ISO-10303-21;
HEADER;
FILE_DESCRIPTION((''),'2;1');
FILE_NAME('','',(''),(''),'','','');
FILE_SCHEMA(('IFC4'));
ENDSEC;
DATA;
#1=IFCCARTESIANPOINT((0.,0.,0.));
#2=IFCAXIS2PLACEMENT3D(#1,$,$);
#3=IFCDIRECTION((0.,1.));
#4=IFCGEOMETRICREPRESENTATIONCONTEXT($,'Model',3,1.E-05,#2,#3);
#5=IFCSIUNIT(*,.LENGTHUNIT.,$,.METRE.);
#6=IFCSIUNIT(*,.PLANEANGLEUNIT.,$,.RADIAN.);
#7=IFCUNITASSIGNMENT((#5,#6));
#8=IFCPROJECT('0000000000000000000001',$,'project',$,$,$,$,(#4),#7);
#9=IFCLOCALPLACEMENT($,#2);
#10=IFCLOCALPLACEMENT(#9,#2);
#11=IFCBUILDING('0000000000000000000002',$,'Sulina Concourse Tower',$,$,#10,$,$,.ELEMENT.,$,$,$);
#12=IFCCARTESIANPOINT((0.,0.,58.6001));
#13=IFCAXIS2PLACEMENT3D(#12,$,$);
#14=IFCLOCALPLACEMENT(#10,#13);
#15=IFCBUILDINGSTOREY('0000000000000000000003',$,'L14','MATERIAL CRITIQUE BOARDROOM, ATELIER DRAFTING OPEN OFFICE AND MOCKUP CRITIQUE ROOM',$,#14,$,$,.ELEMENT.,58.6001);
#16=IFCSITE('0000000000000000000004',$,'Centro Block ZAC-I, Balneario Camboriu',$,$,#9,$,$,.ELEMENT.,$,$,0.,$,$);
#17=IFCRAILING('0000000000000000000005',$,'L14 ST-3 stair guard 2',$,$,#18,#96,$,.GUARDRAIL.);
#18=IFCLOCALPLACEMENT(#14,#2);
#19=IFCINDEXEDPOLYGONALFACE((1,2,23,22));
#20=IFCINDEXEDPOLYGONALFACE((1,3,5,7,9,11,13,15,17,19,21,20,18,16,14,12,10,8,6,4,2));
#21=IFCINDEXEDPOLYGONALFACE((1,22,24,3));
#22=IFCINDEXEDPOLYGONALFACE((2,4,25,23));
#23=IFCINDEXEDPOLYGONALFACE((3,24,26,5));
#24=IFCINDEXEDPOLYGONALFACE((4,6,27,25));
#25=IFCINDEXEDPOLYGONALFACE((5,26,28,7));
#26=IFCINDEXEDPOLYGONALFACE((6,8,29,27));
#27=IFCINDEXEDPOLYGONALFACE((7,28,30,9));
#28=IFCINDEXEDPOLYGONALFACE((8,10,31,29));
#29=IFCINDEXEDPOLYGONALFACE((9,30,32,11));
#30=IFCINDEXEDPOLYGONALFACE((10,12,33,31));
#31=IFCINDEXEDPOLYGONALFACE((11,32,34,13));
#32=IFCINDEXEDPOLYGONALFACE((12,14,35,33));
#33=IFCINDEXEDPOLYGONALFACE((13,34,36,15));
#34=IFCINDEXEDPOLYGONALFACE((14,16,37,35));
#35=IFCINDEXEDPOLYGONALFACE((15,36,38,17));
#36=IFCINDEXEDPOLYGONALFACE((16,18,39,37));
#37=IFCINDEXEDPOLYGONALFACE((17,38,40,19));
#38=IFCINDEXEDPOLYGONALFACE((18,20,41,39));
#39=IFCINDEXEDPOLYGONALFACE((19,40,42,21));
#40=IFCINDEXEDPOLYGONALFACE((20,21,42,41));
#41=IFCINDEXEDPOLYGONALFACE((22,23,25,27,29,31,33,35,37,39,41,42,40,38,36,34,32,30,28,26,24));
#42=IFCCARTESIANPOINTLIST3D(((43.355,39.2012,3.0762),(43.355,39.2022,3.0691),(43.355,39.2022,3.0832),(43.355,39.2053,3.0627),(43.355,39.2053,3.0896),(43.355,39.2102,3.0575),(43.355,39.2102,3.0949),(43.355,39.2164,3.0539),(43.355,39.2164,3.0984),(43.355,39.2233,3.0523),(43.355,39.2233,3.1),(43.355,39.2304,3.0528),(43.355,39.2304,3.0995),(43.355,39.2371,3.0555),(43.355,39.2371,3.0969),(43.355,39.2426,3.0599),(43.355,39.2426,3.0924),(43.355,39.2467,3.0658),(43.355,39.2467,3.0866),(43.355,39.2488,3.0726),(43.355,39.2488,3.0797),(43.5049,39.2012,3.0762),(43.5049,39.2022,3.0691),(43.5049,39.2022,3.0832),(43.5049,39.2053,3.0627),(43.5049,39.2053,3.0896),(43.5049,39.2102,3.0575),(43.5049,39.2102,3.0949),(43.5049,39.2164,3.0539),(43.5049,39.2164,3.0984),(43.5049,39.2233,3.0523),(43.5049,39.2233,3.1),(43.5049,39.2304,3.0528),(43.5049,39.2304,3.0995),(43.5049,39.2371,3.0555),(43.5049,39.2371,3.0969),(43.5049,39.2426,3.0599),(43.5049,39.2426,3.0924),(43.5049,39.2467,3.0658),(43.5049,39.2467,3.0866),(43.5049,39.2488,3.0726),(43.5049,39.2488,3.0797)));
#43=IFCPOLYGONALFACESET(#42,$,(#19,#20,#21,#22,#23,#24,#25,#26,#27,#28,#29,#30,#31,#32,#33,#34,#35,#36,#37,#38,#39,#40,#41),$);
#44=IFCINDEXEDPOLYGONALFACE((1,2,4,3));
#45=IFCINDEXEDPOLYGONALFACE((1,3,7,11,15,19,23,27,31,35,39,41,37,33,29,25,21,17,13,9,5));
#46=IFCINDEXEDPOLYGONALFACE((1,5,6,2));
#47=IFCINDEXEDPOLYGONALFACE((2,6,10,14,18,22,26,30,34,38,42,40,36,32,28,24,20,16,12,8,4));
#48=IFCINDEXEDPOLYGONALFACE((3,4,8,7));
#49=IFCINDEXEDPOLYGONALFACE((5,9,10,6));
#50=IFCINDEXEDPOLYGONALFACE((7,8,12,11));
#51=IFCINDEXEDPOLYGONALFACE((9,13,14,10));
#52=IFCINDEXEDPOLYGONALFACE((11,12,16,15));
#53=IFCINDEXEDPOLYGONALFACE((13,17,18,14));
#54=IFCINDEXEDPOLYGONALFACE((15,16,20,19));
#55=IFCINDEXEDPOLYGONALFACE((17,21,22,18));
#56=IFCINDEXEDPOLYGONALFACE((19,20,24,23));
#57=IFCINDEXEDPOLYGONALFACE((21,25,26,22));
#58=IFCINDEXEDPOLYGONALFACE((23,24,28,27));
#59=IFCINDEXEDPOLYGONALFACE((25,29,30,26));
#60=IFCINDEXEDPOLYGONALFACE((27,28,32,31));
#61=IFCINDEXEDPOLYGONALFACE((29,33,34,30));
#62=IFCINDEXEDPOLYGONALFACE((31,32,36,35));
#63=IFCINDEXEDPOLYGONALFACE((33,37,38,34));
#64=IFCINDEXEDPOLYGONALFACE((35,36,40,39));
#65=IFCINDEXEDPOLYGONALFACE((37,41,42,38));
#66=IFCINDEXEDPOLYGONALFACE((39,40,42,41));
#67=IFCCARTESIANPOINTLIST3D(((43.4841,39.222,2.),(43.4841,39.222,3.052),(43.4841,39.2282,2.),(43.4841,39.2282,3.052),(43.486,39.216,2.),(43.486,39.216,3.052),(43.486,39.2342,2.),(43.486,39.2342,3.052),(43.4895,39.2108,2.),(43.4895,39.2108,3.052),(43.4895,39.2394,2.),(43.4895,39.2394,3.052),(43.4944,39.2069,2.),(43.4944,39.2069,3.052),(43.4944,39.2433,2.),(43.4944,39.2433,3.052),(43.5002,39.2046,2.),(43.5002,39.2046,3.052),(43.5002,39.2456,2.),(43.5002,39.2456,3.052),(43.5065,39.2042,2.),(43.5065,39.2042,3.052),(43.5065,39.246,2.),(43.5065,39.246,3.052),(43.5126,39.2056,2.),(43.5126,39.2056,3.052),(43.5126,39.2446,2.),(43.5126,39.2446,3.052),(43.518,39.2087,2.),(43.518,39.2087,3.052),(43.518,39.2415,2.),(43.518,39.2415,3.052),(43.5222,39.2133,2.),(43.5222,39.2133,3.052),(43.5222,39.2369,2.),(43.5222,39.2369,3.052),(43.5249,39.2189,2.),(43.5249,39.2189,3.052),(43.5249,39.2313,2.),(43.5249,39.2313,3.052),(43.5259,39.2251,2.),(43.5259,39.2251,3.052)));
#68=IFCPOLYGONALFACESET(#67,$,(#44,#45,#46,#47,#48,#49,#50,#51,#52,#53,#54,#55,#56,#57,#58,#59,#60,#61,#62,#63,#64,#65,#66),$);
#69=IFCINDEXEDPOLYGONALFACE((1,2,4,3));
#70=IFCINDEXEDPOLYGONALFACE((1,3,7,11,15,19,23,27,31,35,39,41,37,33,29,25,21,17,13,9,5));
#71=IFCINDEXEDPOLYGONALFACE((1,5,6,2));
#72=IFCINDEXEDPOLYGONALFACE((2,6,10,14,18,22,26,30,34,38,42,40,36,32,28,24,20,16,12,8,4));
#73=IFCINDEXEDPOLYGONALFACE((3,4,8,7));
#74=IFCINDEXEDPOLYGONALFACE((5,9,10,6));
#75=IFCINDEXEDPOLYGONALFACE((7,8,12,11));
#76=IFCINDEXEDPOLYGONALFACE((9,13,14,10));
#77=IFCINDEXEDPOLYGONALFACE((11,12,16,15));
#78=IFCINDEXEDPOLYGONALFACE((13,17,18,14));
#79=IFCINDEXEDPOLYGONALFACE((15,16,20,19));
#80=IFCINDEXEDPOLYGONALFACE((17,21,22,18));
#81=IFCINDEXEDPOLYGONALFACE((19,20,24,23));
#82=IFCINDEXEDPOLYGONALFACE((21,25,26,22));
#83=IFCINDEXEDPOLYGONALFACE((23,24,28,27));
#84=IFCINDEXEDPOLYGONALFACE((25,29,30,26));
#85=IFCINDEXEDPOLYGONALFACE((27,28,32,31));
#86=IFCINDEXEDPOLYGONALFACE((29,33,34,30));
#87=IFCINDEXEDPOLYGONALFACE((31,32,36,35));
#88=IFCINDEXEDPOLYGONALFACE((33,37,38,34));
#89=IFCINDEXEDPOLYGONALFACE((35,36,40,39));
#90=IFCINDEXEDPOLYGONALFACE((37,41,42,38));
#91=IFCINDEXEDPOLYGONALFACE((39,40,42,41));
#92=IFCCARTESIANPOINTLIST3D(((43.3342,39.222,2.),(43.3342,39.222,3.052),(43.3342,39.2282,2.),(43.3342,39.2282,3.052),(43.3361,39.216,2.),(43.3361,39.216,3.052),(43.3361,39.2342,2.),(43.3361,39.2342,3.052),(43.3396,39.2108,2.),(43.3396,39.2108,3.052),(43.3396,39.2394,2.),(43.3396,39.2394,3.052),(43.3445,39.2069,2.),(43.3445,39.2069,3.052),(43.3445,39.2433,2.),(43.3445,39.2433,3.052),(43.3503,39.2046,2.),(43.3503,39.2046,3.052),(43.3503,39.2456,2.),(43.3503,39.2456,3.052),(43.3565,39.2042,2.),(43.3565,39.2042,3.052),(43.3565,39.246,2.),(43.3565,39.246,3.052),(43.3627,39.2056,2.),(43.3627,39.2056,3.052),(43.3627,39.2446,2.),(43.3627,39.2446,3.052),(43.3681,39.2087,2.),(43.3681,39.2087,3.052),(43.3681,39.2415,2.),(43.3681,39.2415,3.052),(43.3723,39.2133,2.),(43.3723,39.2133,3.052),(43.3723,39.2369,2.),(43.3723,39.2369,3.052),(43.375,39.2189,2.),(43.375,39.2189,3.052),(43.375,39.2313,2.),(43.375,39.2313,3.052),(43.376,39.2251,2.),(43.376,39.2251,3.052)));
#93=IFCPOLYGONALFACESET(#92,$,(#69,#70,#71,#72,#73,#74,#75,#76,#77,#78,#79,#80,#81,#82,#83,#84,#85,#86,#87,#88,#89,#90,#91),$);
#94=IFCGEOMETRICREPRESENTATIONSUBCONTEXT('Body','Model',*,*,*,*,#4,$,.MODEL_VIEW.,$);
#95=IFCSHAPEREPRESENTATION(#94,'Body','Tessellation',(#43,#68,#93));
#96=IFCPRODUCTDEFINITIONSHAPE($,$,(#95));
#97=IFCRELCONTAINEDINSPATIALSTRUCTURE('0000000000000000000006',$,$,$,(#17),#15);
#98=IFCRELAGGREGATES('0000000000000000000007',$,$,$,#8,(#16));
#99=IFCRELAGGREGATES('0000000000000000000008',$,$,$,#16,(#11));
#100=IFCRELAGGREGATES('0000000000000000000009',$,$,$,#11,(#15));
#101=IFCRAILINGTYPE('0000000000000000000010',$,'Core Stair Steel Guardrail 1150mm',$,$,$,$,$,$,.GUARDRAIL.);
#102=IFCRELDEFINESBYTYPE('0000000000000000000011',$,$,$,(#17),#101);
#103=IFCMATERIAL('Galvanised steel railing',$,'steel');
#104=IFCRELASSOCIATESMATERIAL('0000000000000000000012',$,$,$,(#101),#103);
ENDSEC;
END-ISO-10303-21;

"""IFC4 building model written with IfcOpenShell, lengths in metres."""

from ifc_helpers import new_model, si_unit, direction, frame, origin, origin_2d, place, context, subcontext, project, spatial, circle, extrude, material, type_object, element, save


model = new_model("IFC4")

# Units and contexts
model_context = context("Model", 3, precision=1e-05, world=origin(), true_north=direction((0.0, 1.0)))
body_context = subcontext(model_context, "Body", "Model", "MODEL_VIEW")
ifc_project = project(units=[si_unit("LENGTHUNIT", "METRE"), si_unit("PLANEANGLEUNIT", "RADIAN")], contexts=[model_context])

# Site, building, storey
site_placement = place(None, origin())
site = spatial("IfcSite", under=ifc_project, at=site_placement, Name="Centro Block ZAC-I, Balneario Camboriu", CompositionType="ELEMENT", RefElevation=0.0)
building_placement = place(site_placement, origin())
building = spatial("IfcBuilding", under=site, at=building_placement, Name="Sulina Concourse Tower", CompositionType="ELEMENT")
storey_placement = place(building_placement, frame((0.0, 0.0, 58.6001)))
storey = spatial("IfcBuildingStorey", under=building, at=storey_placement, Name="L14", Description="MATERIAL CRITIQUE BOARDROOM, ATELIER DRAFTING OPEN OFFICE AND MOCKUP CRITIQUE ROOM", CompositionType="ELEMENT", Elevation=58.6001)

# Railing
ifc_material_1 = material(Name="Galvanised steel railing", Category="steel")
railing_type = type_object("IfcRailingType", Name="Core Stair Steel Guardrail 1150mm", PredefinedType="GUARDRAIL", material=ifc_material_1)
railing_1_placement = place(storey_placement, frame((43.5049, 39.2251, 2.0)))
element("IfcRailing", 1, at=railing_1_placement, inside=storey, type_object=railing_type, Name="L14 ST-3 stair guard 2", PredefinedType="GUARDRAIL", context=body_context, shape_type="SweptSolid", body=[
    extrude(circle(Radius=0.0239, at=origin_2d()), frame((0.0, 0.0, 1.0762), z_axis=(-1.0, 0.0, 0.0), x_axis=(0.0, -1.0, 0.0)), (0.0, 0.0, 1.0), 0.1499),
    extrude(circle(Radius=0.021, at=origin_2d()), origin(), (0.0, 0.0, 1.0), 1.052),
    extrude(circle(Radius=0.021, at=origin_2d()), frame((-0.1499, 0.0, 0.0)), (0.0, 0.0, 1.0), 1.052),
])

save(model, "model.ifc")
